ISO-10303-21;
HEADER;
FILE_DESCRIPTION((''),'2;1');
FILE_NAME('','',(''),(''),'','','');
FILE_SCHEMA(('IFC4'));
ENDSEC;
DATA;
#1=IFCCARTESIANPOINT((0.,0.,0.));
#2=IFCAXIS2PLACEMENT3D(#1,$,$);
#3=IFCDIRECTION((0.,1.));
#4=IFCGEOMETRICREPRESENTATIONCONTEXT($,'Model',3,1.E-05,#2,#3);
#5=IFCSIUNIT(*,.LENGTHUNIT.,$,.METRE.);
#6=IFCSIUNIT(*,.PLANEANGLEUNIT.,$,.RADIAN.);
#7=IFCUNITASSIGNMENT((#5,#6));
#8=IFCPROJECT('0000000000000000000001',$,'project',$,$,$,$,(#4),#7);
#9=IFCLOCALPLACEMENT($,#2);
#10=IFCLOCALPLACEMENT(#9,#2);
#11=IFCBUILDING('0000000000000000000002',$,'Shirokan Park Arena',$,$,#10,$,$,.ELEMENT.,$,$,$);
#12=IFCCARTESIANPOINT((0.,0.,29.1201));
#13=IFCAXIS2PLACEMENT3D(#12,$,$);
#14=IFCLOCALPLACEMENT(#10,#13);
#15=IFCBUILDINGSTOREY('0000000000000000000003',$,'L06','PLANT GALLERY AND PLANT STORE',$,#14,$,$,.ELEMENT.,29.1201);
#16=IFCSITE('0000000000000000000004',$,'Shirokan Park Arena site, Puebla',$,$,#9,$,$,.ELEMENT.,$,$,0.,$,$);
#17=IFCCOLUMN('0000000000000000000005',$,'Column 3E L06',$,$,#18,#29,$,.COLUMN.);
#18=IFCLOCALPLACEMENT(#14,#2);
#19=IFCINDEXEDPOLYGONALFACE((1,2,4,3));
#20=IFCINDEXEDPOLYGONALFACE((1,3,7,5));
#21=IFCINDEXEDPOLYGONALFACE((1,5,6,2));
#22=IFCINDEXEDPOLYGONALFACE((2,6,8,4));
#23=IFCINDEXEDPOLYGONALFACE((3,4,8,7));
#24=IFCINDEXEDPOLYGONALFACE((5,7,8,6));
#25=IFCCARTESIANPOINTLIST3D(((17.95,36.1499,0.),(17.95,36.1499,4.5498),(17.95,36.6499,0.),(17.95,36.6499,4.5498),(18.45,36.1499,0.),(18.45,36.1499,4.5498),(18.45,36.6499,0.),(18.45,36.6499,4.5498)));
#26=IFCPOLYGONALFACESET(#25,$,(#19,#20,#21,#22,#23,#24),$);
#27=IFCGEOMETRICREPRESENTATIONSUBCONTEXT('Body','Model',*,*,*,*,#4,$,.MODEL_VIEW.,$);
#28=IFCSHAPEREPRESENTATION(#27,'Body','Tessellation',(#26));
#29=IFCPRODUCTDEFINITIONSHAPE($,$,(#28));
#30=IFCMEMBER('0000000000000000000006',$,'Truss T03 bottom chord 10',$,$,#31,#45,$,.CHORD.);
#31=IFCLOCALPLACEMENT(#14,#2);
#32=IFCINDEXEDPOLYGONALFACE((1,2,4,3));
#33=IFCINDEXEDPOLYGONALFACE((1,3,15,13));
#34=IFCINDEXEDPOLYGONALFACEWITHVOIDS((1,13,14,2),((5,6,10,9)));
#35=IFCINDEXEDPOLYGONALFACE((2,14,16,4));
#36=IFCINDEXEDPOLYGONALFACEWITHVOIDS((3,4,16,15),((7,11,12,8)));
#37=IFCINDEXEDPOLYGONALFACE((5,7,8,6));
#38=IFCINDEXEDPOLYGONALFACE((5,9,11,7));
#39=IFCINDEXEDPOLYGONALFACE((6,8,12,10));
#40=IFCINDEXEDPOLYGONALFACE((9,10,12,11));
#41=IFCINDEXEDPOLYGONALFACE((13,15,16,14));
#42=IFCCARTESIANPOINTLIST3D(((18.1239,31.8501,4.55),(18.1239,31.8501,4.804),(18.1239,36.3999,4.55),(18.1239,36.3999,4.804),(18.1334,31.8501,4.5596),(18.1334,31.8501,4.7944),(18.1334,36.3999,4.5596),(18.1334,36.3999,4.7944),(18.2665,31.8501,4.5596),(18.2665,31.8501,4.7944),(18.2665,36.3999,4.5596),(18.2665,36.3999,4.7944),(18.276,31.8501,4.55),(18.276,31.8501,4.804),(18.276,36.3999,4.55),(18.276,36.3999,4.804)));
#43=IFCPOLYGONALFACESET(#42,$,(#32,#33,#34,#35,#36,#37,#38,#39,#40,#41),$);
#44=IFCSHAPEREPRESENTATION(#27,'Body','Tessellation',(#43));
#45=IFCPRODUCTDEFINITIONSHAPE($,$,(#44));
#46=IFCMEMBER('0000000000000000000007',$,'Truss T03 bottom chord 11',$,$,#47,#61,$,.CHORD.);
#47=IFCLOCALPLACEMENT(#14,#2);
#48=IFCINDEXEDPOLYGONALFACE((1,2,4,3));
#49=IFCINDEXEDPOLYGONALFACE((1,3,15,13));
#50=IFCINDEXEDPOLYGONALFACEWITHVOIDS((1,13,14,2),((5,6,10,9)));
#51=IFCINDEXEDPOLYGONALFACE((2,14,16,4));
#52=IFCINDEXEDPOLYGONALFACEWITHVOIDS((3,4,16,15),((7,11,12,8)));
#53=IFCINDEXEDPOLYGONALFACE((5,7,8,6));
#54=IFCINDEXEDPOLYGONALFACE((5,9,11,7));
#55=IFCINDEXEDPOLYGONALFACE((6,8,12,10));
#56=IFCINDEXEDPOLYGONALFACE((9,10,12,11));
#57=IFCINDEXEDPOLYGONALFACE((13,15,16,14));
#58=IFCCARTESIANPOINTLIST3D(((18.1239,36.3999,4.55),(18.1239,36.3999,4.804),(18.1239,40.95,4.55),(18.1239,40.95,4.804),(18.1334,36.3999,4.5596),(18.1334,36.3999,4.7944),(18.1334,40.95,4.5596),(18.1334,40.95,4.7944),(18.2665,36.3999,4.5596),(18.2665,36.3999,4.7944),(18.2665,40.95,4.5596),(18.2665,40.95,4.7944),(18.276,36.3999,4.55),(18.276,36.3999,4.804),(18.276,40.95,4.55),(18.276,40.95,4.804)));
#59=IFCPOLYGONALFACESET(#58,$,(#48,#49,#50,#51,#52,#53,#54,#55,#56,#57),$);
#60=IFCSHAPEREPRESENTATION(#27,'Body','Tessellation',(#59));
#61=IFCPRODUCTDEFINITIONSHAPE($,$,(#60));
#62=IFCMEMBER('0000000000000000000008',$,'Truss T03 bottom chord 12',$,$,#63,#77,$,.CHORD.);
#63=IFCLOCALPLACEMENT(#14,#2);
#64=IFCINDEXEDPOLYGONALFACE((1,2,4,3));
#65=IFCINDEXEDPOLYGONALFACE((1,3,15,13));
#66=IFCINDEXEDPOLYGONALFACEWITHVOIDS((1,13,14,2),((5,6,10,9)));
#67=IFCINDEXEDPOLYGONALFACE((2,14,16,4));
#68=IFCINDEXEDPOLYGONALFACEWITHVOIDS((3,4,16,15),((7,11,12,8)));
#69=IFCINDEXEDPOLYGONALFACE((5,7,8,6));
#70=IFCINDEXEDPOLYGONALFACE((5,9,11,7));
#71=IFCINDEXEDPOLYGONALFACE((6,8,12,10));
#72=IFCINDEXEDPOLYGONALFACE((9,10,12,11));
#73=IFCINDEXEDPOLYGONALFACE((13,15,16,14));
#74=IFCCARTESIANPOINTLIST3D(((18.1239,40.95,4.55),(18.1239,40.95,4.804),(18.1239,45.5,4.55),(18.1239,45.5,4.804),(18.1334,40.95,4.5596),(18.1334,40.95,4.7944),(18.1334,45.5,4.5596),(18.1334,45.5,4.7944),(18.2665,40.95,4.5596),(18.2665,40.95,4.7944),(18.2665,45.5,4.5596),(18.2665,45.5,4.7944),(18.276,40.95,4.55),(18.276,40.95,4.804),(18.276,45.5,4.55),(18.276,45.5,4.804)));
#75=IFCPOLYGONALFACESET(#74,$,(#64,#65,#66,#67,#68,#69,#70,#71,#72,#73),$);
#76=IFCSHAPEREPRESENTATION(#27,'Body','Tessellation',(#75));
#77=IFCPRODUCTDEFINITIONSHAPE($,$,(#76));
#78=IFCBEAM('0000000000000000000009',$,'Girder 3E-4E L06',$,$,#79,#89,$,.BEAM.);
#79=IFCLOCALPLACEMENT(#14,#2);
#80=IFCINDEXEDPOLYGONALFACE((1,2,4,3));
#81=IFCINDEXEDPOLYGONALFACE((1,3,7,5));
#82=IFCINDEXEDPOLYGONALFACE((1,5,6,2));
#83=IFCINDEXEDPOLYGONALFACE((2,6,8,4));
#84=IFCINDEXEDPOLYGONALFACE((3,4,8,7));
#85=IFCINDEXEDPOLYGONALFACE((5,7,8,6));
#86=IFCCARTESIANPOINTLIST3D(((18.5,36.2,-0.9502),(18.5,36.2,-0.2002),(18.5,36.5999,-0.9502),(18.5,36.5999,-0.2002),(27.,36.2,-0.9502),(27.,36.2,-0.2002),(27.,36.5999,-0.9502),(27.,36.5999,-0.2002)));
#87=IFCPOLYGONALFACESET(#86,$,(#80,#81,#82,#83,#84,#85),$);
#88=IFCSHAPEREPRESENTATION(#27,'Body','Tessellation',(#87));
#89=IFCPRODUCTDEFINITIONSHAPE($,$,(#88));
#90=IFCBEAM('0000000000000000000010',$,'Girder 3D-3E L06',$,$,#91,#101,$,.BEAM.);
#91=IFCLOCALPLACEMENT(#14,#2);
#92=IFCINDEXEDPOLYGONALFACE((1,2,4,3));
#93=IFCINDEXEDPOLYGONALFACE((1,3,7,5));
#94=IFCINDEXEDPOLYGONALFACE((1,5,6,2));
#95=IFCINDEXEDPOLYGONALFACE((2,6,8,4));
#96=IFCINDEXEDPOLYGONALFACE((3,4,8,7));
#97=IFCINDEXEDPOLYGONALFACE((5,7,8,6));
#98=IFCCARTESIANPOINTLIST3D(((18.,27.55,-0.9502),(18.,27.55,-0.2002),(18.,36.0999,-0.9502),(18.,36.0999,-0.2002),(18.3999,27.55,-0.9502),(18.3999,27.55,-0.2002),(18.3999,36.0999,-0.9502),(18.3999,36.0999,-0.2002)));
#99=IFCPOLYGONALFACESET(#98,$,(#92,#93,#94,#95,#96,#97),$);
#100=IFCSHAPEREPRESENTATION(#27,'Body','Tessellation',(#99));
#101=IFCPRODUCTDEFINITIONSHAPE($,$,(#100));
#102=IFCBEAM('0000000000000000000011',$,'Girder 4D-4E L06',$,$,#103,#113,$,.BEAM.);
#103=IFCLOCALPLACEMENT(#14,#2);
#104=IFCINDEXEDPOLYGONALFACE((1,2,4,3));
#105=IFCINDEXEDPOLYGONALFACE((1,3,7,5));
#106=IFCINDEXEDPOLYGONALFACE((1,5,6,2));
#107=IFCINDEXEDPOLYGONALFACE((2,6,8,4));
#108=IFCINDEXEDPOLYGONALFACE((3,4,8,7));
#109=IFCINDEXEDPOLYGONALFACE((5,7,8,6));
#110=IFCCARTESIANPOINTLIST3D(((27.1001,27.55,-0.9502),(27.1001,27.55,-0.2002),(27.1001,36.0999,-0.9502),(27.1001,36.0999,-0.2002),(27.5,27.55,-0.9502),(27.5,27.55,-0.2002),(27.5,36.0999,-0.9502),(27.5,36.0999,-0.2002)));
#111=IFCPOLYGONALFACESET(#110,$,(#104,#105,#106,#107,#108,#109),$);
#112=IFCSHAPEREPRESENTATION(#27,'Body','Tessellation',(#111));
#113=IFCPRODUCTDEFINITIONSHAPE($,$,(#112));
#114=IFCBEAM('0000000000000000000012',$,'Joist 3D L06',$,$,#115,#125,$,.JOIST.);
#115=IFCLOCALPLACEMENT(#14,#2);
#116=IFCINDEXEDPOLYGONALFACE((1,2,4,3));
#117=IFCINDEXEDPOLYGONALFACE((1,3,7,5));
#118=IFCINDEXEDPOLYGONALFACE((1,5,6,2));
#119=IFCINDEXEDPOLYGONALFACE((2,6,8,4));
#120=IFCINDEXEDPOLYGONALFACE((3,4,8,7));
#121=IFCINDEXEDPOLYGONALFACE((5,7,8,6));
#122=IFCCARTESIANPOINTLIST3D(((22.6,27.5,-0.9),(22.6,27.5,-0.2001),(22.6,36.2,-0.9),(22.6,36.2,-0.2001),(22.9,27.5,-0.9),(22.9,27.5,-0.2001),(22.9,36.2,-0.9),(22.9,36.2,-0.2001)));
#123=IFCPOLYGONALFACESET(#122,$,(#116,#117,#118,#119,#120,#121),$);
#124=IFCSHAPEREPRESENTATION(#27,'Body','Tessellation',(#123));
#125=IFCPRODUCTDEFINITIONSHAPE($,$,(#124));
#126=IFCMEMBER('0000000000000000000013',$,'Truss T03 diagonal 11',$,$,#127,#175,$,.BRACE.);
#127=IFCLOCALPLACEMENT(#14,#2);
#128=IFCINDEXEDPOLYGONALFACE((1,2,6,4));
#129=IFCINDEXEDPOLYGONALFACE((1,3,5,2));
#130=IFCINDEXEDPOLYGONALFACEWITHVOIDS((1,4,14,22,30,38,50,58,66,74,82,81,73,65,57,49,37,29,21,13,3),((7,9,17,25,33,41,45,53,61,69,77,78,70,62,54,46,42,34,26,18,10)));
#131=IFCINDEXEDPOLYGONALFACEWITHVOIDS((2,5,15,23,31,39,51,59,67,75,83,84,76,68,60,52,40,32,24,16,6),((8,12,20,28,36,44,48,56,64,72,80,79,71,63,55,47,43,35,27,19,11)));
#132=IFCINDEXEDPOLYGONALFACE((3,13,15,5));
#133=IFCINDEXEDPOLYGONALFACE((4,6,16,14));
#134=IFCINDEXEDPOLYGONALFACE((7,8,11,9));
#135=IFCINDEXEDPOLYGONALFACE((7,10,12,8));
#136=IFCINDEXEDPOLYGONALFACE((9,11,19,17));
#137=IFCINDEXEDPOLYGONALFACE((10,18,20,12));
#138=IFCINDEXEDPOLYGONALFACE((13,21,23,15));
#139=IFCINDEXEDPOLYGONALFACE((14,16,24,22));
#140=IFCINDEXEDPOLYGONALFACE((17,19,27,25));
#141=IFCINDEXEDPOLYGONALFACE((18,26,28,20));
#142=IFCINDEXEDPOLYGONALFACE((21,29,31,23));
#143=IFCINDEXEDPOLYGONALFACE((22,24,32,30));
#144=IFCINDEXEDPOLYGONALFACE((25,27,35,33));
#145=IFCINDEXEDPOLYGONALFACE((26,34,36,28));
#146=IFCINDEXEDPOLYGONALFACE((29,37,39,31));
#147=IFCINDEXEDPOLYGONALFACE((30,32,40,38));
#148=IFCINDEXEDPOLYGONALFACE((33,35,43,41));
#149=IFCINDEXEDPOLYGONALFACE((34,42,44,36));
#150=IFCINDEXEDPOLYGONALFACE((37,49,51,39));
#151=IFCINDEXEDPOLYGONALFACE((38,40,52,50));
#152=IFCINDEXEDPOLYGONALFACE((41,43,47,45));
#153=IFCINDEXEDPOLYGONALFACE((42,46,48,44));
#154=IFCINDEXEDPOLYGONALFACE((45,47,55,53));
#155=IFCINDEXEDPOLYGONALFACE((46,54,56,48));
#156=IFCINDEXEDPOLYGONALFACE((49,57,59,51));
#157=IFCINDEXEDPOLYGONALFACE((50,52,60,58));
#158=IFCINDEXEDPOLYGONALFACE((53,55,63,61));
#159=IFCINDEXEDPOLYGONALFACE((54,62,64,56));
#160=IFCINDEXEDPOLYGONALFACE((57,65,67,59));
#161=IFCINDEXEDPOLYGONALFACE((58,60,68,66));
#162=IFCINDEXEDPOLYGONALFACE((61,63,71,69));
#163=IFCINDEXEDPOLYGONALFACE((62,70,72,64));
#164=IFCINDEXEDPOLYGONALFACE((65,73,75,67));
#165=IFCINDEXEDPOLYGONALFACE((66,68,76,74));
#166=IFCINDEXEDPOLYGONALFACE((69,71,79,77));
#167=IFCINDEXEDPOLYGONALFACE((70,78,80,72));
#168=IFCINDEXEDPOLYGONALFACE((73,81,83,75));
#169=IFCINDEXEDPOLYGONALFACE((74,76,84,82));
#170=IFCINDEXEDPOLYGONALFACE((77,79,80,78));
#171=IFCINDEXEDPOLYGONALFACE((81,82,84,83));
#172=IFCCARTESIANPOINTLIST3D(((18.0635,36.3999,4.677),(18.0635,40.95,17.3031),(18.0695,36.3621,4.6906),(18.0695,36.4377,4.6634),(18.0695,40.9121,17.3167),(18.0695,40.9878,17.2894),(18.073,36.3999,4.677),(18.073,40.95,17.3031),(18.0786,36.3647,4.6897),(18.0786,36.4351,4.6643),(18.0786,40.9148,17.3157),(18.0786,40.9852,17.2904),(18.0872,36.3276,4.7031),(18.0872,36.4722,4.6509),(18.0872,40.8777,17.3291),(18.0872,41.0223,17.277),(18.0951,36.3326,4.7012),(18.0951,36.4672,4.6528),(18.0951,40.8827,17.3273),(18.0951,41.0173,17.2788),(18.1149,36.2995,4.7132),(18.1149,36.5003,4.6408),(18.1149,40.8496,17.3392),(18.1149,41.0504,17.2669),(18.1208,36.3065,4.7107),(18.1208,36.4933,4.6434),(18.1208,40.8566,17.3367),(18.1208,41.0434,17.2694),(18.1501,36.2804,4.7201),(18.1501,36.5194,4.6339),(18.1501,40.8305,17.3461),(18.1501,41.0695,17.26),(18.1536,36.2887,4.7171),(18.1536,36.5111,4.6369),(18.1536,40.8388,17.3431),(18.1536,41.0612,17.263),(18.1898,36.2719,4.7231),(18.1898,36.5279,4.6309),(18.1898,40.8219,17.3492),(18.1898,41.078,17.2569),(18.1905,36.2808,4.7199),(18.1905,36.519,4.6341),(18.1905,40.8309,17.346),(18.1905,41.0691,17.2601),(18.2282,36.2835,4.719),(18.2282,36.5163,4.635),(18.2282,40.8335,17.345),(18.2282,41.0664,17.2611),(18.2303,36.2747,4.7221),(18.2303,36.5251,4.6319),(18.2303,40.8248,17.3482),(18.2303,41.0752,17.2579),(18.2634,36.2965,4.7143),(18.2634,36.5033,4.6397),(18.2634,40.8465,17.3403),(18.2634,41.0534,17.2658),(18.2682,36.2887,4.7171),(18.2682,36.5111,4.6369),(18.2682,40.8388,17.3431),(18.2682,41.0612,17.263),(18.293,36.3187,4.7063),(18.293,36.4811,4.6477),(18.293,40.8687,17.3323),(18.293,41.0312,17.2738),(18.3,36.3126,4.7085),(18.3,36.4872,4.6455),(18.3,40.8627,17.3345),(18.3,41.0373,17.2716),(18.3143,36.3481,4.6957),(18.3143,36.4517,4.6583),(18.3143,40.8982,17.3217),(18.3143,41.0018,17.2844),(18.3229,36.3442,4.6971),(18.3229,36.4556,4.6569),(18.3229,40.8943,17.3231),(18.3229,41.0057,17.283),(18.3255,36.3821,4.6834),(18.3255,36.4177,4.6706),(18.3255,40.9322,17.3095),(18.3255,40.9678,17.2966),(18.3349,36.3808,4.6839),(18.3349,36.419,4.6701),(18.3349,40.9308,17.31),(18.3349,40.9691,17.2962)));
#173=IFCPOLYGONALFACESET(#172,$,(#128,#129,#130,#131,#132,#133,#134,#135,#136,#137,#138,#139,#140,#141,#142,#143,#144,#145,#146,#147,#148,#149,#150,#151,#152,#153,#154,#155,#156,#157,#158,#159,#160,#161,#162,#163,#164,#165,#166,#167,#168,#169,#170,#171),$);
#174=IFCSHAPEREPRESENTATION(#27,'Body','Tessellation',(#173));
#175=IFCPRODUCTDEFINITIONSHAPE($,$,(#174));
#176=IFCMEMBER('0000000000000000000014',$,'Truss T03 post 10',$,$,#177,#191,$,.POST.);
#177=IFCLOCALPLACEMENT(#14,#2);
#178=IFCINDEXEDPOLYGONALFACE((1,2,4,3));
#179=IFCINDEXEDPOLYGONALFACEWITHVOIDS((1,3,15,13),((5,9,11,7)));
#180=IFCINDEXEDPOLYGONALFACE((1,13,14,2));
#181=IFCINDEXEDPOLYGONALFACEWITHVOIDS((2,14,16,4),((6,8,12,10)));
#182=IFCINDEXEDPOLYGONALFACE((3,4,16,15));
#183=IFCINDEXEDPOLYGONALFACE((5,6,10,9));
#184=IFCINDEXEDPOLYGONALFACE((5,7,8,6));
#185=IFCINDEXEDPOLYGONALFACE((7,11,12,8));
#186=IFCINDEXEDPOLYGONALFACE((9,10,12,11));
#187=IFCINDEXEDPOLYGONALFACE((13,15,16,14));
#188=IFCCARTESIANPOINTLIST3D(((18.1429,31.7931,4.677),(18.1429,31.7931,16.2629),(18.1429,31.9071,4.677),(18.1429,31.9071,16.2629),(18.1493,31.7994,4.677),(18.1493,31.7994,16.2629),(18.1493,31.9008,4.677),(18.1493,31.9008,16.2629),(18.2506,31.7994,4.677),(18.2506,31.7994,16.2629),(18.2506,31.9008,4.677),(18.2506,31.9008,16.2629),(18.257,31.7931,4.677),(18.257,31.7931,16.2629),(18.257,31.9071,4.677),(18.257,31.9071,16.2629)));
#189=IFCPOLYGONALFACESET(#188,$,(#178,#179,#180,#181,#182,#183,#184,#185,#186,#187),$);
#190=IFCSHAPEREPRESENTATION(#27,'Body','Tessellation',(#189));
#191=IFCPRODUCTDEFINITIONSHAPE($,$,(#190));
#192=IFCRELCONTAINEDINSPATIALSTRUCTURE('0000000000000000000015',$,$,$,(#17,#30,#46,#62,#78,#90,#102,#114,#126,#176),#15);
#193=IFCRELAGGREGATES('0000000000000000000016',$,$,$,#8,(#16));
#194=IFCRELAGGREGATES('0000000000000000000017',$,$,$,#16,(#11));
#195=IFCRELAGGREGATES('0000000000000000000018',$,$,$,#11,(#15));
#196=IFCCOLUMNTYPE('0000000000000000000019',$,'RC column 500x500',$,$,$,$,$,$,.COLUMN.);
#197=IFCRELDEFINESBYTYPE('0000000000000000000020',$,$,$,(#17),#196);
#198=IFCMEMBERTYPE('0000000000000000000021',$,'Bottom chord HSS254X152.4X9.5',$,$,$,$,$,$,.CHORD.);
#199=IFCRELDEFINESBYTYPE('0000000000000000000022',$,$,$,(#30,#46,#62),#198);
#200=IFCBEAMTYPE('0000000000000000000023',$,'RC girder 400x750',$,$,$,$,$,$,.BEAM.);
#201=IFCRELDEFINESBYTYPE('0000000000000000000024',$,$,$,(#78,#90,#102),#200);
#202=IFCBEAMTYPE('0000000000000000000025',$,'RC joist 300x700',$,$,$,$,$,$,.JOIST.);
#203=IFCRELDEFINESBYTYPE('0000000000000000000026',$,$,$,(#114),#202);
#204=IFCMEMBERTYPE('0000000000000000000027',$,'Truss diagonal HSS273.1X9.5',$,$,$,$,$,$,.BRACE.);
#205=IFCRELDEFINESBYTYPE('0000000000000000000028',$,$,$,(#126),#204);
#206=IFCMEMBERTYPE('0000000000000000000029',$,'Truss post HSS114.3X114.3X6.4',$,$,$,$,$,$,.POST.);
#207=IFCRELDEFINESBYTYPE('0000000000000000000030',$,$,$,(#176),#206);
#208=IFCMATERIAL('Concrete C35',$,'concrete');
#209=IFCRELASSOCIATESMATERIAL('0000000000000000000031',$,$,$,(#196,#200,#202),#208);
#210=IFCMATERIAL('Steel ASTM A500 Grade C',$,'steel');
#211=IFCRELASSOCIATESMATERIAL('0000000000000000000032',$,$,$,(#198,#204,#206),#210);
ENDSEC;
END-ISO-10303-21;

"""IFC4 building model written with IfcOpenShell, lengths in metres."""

from ifc_helpers import new_model, si_unit, direction, frame, origin, origin_2d, place, context, subcontext, project, spatial, rectangle, hollow_rectangle, hollow_circle, extrude, material, material_profile, profile_set, type_object, element, save


model = new_model("IFC4")

# Units and contexts
model_context = context("Model", 3, precision=1e-05, world=origin(), true_north=direction((0.0, 1.0)))
body_context = subcontext(model_context, "Body", "Model", "MODEL_VIEW")
ifc_project = project(units=[si_unit("LENGTHUNIT", "METRE"), si_unit("PLANEANGLEUNIT", "RADIAN")], contexts=[model_context])

# Site, building, storey
site_placement = place(None, origin())
site = spatial("IfcSite", under=ifc_project, at=site_placement, Name="Shirokan Park Arena site, Puebla", CompositionType="ELEMENT", RefElevation=0.0)
building_placement = place(site_placement, origin())
building = spatial("IfcBuilding", under=site, at=building_placement, Name="Shirokan Park Arena", CompositionType="ELEMENT")
storey_placement = place(building_placement, frame((0.0, 0.0, 29.1201)))
storey = spatial("IfcBuildingStorey", under=building, at=storey_placement, Name="L06", Description="PLANT GALLERY AND PLANT STORE", CompositionType="ELEMENT", Elevation=29.1201)

# Column
ifc_material_1 = material(Name="Concrete C35", Category="concrete")
ifc_material_profile_1 = material_profile(ifc_material_1, rectangle(XDim=0.5, YDim=0.5, at=origin_2d()), Name="500x500")
ifc_profile_set_1 = profile_set([ifc_material_profile_1], Name="Concrete C35")
column_type = type_object("IfcColumnType", Name="RC column 500x500", PredefinedType="COLUMN", material=ifc_profile_set_1)
column_placement = place(storey_placement, frame((18.2, 36.3999, 0.0), z_axis=(0.0, 0.0, 1.0), x_axis=(1.0, 0.0, 0.0)))
element("IfcColumn", 1, at=column_placement, inside=storey, type_object=column_type, Name="Column 3E L06", PredefinedType="COLUMN", context=body_context, shape_type="SweptSolid", body=[
    extrude(rectangle(XDim=0.5, YDim=0.5, at=origin_2d()), origin(), (0.0, 0.0, 1.0), 4.5498),
])

# Members
ifc_material_2 = material(Name="Steel ASTM A500 Grade C", Category="steel")
ifc_material_profile_2 = material_profile(ifc_material_2, hollow_rectangle(XDim=0.1521, YDim=0.2539, WallThickness=0.0095, at=origin_2d()), Name="HSS254X152.4X9.5")
ifc_profile_set_2 = profile_set([ifc_material_profile_2], Name="Steel ASTM A500 Grade C")
member_type_1 = type_object("IfcMemberType", Name="Bottom chord HSS254X152.4X9.5", PredefinedType="CHORD", material=ifc_profile_set_2)
member_1_placement = place(storey_placement, frame((18.2, 31.8501, 4.677), z_axis=(0.0, 1.0, 0.0), x_axis=(-1.0, 0.0, 0.0)))
element("IfcMember", 2, at=member_1_placement, inside=storey, type_object=member_type_1, Name="Truss T03 bottom chord 10", PredefinedType="CHORD", context=body_context, shape_type="SweptSolid", body=[
    extrude(hollow_rectangle(XDim=0.1521, YDim=0.2539, WallThickness=0.0095, at=origin_2d()), origin(), (0.0, 0.0, 1.0), 4.5498),
])
for number, where, z_axis, x_axis, name in (
    (3, (18.2, 36.3999, 4.677), (0.0, 1.0, 0.0), (-1.0, 0.0, 0.0), "Truss T03 bottom chord 11"),
    (4, (18.2, 40.95, 4.677), (0.0, 1.0, 0.0), (-1.0, 0.0, 0.0), "Truss T03 bottom chord 12"),
):
    element("IfcMember", number, at=place(storey_placement, frame(where, z_axis=z_axis, x_axis=x_axis)), inside=storey, type_object=member_type_1, Name=name, PredefinedType="CHORD", context=body_context, shape_type="SweptSolid", body=[
        extrude(hollow_rectangle(XDim=0.1521, YDim=0.2539, WallThickness=0.0095, at=origin_2d()), origin(), (0.0, 0.0, 1.0), 4.55),
    ])

# Beams
ifc_material_profile_3 = material_profile(ifc_material_1, rectangle(XDim=0.3999, YDim=0.75, at=origin_2d()), Name="400x750")
ifc_profile_set_3 = profile_set([ifc_material_profile_3], Name="Concrete C35")
beam_type_1 = type_object("IfcBeamType", Name="RC girder 400x750", PredefinedType="BEAM", material=ifc_profile_set_3)
beam_1_placement = place(storey_placement, frame((18.5, 36.3999, -0.5752), z_axis=(1.0, 0.0, 0.0), x_axis=(0.0, 1.0, 0.0)))
element("IfcBeam", 5, at=beam_1_placement, inside=storey, type_object=beam_type_1, Name="Girder 3E-4E L06", PredefinedType="BEAM", context=body_context, shape_type="SweptSolid", body=[
    extrude(rectangle(XDim=0.3999, YDim=0.75, at=origin_2d()), origin(), (0.0, 0.0, 1.0), 8.5),
])
for number, where, z_axis, x_axis, name in (
    (6, (18.2, 27.55, -0.5752), (0.0, 1.0, 0.0), (-1.0, 0.0, 0.0), "Girder 3D-3E L06"),
    (7, (27.3, 27.55, -0.5752), (0.0, 1.0, 0.0), (-1.0, 0.0, 0.0), "Girder 4D-4E L06"),
):
    element("IfcBeam", number, at=place(storey_placement, frame(where, z_axis=z_axis, x_axis=x_axis)), inside=storey, type_object=beam_type_1, Name=name, PredefinedType="BEAM", context=body_context, shape_type="SweptSolid", body=[
        extrude(rectangle(XDim=0.3999, YDim=0.75, at=origin_2d()), origin(), (0.0, 0.0, 1.0), 8.5498),
    ])
ifc_material_profile_4 = material_profile(ifc_material_1, rectangle(XDim=0.3, YDim=0.7, at=origin_2d()), Name="300x700")
ifc_profile_set_4 = profile_set([ifc_material_profile_4], Name="Concrete C35")
beam_type_2 = type_object("IfcBeamType", Name="RC joist 300x700", PredefinedType="JOIST", material=ifc_profile_set_4)
beam_2_placement = place(storey_placement, frame((22.75, 27.5, -0.55), z_axis=(0.0, 1.0, 0.0), x_axis=(-1.0, 0.0, 0.0)))
element("IfcBeam", 8, at=beam_2_placement, inside=storey, type_object=beam_type_2, Name="Joist 3D L06", PredefinedType="JOIST", context=body_context, shape_type="SweptSolid", body=[
    extrude(rectangle(XDim=0.3, YDim=0.7, at=origin_2d()), origin(), (0.0, 0.0, 1.0), 8.7),
])

# Members
ifc_material_profile_5 = material_profile(ifc_material_2, hollow_circle(Radius=0.1365, WallThickness=0.0095, at=origin_2d()), Name="HSS273.1X9.5")
ifc_profile_set_5 = profile_set([ifc_material_profile_5], Name="Steel ASTM A500 Grade C")
member_type_2 = type_object("IfcMemberType", Name="Truss diagonal HSS273.1X9.5", PredefinedType="BRACE", material=ifc_profile_set_5)
member_2_placement = place(storey_placement, frame((18.2, 36.3999, 4.677), z_axis=(0.0, 0.339029, 0.940776), x_axis=(-1.0, 0.0, 0.0)))
element("IfcMember", 9, at=member_2_placement, inside=storey, type_object=member_type_2, Name="Truss T03 diagonal 11", PredefinedType="BRACE", context=body_context, shape_type="SweptSolid", body=[
    extrude(hollow_circle(Radius=0.1365, WallThickness=0.0095, at=origin_2d()), origin(), (0.0, 0.0, 1.0), 13.4209),
])
ifc_material_profile_6 = material_profile(ifc_material_2, hollow_rectangle(XDim=0.114, YDim=0.114, WallThickness=0.0063, at=origin_2d()), Name="HSS114.3X114.3X6.4")
ifc_profile_set_6 = profile_set([ifc_material_profile_6], Name="Steel ASTM A500 Grade C")
member_type_3 = type_object("IfcMemberType", Name="Truss post HSS114.3X114.3X6.4", PredefinedType="POST", material=ifc_profile_set_6)
member_3_placement = place(storey_placement, frame((18.2, 31.8501, 4.677), z_axis=(0.0, 0.0, 1.0), x_axis=(1.0, 0.0, 0.0)))
element("IfcMember", 10, at=member_3_placement, inside=storey, type_object=member_type_3, Name="Truss T03 post 10", PredefinedType="POST", context=body_context, shape_type="SweptSolid", body=[
    extrude(hollow_rectangle(XDim=0.114, YDim=0.114, WallThickness=0.0063, at=origin_2d()), origin(), (0.0, 0.0, 1.0), 11.5859),
])

save(model, "model.ifc")
